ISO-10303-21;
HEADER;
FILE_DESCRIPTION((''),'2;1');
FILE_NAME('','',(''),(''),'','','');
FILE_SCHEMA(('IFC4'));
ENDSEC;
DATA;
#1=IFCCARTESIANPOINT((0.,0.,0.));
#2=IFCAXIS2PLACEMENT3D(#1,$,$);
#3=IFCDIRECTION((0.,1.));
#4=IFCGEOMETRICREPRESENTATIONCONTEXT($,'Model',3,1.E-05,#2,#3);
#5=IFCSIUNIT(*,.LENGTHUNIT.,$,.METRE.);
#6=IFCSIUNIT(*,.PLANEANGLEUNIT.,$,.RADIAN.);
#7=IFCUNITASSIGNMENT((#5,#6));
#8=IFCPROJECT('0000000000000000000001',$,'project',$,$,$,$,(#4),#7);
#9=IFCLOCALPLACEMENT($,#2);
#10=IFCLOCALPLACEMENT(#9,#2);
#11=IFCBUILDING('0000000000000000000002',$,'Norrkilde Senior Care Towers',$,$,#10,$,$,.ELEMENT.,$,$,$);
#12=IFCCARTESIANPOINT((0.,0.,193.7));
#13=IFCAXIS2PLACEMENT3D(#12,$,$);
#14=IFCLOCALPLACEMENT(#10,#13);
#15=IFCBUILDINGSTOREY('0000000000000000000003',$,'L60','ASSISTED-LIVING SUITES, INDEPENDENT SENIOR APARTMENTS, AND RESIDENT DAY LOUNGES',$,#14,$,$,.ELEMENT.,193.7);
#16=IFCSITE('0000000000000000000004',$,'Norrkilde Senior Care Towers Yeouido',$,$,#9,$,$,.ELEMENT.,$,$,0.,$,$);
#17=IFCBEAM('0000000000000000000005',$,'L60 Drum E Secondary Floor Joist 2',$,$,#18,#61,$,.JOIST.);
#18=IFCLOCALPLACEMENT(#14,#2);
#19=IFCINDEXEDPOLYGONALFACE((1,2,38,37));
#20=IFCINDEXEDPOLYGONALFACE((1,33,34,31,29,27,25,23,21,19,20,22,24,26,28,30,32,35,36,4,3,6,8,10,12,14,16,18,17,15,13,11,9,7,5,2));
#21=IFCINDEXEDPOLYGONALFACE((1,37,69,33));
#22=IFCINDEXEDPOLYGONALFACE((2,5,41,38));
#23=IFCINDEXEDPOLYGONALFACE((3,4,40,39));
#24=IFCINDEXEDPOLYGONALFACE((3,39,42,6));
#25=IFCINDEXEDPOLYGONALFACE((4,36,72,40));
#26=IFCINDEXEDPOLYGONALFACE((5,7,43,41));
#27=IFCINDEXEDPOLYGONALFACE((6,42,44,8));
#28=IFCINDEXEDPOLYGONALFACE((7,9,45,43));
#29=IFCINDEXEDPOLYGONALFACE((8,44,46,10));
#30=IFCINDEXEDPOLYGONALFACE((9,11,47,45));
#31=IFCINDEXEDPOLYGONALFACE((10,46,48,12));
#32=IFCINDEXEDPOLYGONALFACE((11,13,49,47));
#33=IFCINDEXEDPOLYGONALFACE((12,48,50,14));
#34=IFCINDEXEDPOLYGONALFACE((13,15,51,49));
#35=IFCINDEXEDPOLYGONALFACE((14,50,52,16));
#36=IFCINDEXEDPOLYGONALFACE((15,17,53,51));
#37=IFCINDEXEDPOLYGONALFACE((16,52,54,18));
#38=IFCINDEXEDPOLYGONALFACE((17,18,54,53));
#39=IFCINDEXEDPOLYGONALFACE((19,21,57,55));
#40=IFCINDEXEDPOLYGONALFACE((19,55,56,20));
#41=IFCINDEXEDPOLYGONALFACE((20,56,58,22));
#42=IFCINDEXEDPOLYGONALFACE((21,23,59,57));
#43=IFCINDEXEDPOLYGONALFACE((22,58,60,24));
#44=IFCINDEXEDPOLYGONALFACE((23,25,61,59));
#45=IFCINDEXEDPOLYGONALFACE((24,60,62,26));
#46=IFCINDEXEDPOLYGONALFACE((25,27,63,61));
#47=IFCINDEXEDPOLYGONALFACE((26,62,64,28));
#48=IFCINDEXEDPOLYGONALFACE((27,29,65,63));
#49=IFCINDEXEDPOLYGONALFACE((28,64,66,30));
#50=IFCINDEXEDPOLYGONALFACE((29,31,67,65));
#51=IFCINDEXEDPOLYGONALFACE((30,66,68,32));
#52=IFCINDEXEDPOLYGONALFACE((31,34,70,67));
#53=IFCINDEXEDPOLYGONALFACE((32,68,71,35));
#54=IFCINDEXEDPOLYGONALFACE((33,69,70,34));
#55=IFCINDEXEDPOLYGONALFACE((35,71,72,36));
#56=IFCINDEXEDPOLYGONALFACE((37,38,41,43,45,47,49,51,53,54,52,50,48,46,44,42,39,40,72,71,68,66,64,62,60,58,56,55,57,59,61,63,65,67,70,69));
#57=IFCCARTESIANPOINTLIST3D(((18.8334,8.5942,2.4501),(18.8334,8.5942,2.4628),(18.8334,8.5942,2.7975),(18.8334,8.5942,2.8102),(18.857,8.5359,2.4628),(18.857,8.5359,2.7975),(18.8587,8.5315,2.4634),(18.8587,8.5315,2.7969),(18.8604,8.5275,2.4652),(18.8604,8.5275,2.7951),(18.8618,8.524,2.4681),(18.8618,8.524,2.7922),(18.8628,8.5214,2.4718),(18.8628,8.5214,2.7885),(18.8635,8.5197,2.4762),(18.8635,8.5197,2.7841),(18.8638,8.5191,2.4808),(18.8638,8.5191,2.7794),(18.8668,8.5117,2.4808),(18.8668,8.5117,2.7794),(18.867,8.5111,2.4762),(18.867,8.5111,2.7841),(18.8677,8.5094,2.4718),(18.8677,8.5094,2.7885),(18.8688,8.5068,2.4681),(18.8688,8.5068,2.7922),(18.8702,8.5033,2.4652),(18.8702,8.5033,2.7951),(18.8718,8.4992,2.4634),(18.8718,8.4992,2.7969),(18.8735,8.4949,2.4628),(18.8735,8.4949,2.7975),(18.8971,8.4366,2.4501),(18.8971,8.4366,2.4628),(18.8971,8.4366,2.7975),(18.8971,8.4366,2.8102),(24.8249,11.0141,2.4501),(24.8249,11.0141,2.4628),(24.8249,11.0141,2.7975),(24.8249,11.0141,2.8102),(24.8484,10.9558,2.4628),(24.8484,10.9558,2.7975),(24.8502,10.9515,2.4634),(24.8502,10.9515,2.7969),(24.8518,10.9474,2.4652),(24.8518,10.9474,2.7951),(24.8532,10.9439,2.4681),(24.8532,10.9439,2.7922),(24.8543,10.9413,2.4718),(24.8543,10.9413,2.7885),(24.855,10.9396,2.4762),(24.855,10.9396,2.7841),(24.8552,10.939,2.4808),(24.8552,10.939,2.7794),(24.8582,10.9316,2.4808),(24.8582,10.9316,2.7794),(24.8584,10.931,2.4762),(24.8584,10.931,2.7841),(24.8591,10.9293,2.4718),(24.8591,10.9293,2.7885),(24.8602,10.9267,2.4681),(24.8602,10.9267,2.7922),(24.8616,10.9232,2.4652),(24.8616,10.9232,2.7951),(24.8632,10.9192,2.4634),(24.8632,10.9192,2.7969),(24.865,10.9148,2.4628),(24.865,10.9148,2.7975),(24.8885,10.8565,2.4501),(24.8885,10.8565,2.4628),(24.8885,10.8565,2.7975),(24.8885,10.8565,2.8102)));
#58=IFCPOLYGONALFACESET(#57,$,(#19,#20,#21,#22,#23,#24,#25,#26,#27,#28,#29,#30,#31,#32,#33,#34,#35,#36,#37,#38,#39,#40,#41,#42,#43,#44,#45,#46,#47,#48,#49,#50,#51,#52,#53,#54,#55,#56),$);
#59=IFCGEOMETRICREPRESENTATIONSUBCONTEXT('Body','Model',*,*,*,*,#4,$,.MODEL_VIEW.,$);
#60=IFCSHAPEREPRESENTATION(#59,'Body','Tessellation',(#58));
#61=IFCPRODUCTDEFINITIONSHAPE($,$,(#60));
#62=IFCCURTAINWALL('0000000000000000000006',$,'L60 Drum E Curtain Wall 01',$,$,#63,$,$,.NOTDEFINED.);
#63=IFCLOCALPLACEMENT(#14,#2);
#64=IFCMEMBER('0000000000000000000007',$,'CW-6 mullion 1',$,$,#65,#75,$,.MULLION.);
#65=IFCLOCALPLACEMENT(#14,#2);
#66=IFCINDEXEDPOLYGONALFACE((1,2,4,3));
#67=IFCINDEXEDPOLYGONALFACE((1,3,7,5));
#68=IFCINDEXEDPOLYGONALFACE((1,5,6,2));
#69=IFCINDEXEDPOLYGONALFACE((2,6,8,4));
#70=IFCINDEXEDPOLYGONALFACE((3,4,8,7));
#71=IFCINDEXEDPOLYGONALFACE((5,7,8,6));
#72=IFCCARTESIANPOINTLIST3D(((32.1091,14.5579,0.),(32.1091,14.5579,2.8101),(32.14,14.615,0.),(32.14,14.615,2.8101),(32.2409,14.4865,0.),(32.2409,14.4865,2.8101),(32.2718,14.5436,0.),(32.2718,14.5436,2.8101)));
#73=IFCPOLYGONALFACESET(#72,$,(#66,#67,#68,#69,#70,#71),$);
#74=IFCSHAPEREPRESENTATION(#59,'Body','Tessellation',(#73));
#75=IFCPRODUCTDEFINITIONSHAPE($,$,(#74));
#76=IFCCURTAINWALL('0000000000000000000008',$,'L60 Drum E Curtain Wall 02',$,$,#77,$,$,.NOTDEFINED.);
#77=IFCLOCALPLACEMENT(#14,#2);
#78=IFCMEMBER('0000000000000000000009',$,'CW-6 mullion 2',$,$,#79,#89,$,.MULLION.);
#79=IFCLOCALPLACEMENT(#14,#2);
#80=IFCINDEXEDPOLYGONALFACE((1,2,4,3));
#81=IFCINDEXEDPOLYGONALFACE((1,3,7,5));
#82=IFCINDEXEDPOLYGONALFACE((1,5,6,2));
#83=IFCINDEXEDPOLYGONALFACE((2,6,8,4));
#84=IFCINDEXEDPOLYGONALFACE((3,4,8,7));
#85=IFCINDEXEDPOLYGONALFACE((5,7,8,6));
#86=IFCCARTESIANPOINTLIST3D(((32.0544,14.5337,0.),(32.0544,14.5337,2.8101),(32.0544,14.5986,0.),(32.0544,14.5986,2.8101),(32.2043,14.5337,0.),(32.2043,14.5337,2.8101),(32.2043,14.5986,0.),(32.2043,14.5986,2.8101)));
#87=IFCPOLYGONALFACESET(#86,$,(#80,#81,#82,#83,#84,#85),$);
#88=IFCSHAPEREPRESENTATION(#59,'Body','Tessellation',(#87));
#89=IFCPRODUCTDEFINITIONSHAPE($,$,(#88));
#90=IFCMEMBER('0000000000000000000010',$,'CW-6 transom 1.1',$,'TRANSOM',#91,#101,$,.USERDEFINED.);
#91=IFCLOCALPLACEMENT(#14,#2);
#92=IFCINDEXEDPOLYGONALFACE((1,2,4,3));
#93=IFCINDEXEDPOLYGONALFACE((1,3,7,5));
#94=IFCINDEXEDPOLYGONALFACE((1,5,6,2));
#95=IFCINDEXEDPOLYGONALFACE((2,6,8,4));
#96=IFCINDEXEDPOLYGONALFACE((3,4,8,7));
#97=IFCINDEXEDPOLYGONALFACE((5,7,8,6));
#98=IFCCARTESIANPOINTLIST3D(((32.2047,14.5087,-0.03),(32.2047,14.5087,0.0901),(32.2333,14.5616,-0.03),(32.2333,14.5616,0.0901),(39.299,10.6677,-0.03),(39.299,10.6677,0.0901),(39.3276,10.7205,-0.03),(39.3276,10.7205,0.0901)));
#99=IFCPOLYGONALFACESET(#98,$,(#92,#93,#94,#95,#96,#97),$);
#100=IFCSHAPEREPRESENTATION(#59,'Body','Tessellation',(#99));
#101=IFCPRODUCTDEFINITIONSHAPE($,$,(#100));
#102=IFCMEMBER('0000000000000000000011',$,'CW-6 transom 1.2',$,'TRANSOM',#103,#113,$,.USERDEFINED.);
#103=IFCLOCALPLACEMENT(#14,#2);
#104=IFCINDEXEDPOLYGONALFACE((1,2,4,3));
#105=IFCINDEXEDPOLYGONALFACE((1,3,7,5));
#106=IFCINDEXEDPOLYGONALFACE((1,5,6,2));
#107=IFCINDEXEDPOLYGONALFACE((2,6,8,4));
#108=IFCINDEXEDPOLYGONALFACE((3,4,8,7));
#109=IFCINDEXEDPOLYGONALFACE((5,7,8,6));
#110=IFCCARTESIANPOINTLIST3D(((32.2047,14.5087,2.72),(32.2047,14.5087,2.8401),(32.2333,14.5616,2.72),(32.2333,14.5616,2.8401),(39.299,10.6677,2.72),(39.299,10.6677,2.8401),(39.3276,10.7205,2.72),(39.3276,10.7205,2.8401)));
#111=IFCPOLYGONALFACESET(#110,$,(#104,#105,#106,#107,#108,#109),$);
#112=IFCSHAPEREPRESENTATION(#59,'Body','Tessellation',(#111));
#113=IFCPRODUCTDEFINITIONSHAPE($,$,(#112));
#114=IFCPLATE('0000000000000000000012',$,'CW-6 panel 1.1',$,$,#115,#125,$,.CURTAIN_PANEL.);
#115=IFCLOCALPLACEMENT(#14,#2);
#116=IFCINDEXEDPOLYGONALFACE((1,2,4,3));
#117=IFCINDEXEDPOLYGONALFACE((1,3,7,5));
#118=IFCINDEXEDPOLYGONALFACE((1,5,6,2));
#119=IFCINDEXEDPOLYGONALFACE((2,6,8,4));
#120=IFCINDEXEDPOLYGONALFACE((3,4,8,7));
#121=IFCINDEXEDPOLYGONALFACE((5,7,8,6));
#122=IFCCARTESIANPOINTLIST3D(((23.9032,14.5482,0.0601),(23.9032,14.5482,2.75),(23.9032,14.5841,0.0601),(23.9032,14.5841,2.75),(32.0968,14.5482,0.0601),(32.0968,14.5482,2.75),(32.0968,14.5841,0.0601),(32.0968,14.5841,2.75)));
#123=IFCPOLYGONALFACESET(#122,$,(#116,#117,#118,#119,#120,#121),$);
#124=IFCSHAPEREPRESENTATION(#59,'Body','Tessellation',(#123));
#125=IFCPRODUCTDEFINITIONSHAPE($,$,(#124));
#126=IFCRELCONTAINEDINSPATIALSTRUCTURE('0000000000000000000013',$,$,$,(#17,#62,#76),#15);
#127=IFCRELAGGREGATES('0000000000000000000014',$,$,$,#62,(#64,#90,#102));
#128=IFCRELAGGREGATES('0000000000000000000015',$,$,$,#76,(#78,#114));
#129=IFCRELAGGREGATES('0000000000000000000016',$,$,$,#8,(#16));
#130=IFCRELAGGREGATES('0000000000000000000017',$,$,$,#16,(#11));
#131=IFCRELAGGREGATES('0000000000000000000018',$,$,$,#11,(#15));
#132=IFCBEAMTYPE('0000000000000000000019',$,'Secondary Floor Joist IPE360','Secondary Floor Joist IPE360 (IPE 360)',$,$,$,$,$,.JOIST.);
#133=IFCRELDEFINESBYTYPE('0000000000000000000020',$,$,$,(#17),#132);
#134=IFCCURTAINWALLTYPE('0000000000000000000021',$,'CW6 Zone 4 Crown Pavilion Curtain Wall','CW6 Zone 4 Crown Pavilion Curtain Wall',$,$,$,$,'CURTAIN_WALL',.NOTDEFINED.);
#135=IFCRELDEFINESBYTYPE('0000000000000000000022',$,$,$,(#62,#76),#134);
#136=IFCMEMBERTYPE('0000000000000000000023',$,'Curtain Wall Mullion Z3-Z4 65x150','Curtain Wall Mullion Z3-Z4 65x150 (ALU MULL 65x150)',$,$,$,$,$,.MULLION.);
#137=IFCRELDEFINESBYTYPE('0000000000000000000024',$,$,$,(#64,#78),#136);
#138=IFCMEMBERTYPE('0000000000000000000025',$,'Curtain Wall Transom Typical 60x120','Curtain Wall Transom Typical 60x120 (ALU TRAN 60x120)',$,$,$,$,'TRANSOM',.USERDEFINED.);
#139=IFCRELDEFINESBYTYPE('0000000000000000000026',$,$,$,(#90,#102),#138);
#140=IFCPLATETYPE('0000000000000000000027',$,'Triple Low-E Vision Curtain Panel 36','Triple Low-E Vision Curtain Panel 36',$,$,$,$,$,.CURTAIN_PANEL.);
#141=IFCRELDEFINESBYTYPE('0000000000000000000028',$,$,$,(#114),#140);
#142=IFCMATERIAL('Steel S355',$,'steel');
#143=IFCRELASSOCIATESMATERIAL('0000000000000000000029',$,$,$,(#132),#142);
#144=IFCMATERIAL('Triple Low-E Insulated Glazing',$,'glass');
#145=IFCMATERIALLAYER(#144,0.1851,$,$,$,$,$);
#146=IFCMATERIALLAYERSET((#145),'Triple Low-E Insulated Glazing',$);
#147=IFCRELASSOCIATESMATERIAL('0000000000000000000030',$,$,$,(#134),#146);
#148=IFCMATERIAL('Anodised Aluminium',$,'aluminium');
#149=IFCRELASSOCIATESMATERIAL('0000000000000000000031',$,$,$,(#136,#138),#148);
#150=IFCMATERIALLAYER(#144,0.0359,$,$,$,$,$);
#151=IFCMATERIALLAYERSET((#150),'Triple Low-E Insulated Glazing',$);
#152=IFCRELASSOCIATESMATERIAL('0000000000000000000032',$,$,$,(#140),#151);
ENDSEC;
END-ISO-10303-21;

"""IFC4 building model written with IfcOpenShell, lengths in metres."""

from ifc_helpers import new_model, si_unit, direction, frame, origin, origin_2d, place, context, subcontext, project, spatial, rectangle, i_section, extrude, source, transform, mapped, material, layer, layer_set, material_profile, profile_set, type_object, type_shapes, element, aggregate, save


model = new_model("IFC4")

# Units and contexts
model_context = context("Model", 3, precision=1e-05, world=origin(), true_north=direction((0.0, 1.0)))
body_context = subcontext(model_context, "Body", "Model", "MODEL_VIEW")
ifc_project = project(units=[si_unit("LENGTHUNIT", "METRE"), si_unit("PLANEANGLEUNIT", "RADIAN")], contexts=[model_context])

# Site, building, storey
site_placement = place(None, origin())
site = spatial("IfcSite", under=ifc_project, at=site_placement, Name="Norrkilde Senior Care Towers Yeouido", CompositionType="ELEMENT", RefElevation=0.0)
building_placement = place(site_placement, origin())
building = spatial("IfcBuilding", under=site, at=building_placement, Name="Norrkilde Senior Care Towers", CompositionType="ELEMENT")
storey_placement = place(building_placement, frame((0.0, 0.0, 193.7)))
storey = spatial("IfcBuildingStorey", under=building, at=storey_placement, Name="L60", Description="ASSISTED-LIVING SUITES, INDEPENDENT SENIOR APARTMENTS, AND RESIDENT DAY LOUNGES", CompositionType="ELEMENT", Elevation=193.7)

# Beam
ifc_material_1 = material(Name="Steel S355", Category="steel")
ifc_material_profile_1 = material_profile(ifc_material_1, i_section(OverallWidth=0.1699, OverallDepth=0.3601, WebThickness=0.0081, FlangeThickness=0.0127, FilletRadius=0.0181, at=origin_2d()), Name="IPE 360")
ifc_profile_set_1 = profile_set([ifc_material_profile_1], Name="Steel S355")
beam_type_1 = type_object("IfcBeamType", Name="Secondary Floor Joist IPE360", Description="Secondary Floor Joist IPE360 (IPE 360)", PredefinedType="JOIST", material=ifc_profile_set_1)
shared_shape_1 = source(origin(), body_context, "Body", "SweptSolid", [
    extrude(i_section(OverallWidth=0.1699, OverallDepth=0.3601, WebThickness=0.0081, FlangeThickness=0.0127, FilletRadius=0.0181, at=origin_2d()), origin(), (0.0, 0.0, 1.0), 6.4617),
])
type_shapes(beam_type_1, [shared_shape_1])
beam_1_placement = place(storey_placement, frame((24.8567, 10.9353, 2.6301), z_axis=(-0.927226, -0.374502, 0.0), x_axis=(0.374502, -0.927226, 0.0)))
element("IfcBeam", 1, at=beam_1_placement, inside=storey, type_object=beam_type_1, Name="L60 Drum E Secondary Floor Joist 2", PredefinedType="JOIST", context=body_context, shape_type="MappedRepresentation", body=[
    mapped(shared_shape_1, transform((0.0, 0.0, 0.0), x_axis=(1.0, 0.0, 0.0), y_axis=(0.0, 1.0, 0.0), z_axis=(0.0, 0.0, 1.0), scale=1.0)),
])

# Curtain walls, members
ifc_material_2 = material(Name="Triple Low-E Insulated Glazing", Category="glass")
ifc_layer_1 = layer(ifc_material_2, 0.1851)
ifc_layer_set_1 = layer_set([ifc_layer_1], Name="Triple Low-E Insulated Glazing")
curtain_wall_type = type_object("IfcCurtainWallType", Name="CW6 Zone 4 Crown Pavilion Curtain Wall", Description="CW6 Zone 4 Crown Pavilion Curtain Wall", ElementType="CURTAIN_WALL", PredefinedType="NOTDEFINED", material=ifc_layer_set_1)
curtain_wall_1_placement = place(storey_placement, origin())
curtain_wall_1 = element("IfcCurtainWall", 2, at=curtain_wall_1_placement, inside=storey, type_object=curtain_wall_type, Name="L60 Drum E Curtain Wall 01", PredefinedType="NOTDEFINED")
ifc_material_3 = material(Name="Anodised Aluminium", Category="aluminium")
ifc_material_profile_2 = material_profile(ifc_material_3, rectangle(XDim=0.0649, YDim=0.1499, at=origin_2d()), Name="ALU MULL 65x150")
ifc_profile_set_2 = profile_set([ifc_material_profile_2], Name="Anodised Aluminium")
member_type_1 = type_object("IfcMemberType", Name="Curtain Wall Mullion Z3-Z4 65x150", Description="Curtain Wall Mullion Z3-Z4 65x150 (ALU MULL 65x150)", PredefinedType="MULLION", material=ifc_profile_set_2)
shared_shape_2 = source(origin(), body_context, "Body", "SweptSolid", [
    extrude(rectangle(XDim=0.0649, YDim=0.1499, at=origin_2d()), origin(), (0.0, 0.0, 1.0), 2.8101),
])
type_shapes(member_type_1, [shared_shape_2])
member_1_placement = place(storey_placement, frame((32.1904, 14.5508, 0.0), z_axis=(0.0, 0.0, 1.0), x_axis=(0.476133, 0.879373, 0.0)))
member_1 = element("IfcMember", 3, at=member_1_placement, type_object=member_type_1, Name="CW-6 mullion 1", PredefinedType="MULLION", context=body_context, shape_type="MappedRepresentation", body=[
    mapped(shared_shape_2, transform((0.0, 0.0, 0.0), x_axis=(1.0, 0.0, 0.0), y_axis=(0.0, 1.0, 0.0), z_axis=(0.0, 0.0, 1.0), scale=1.0)),
])
curtain_wall_2_placement = place(storey_placement, origin())
curtain_wall_2 = element("IfcCurtainWall", 4, at=curtain_wall_2_placement, inside=storey, type_object=curtain_wall_type, Name="L60 Drum E Curtain Wall 02", PredefinedType="NOTDEFINED")
member_2_placement = place(storey_placement, frame((32.1294, 14.5662, 0.0), z_axis=(0.0, 0.0, 1.0), x_axis=(0.0, 1.0, 0.0)))
member_2 = element("IfcMember", 5, at=member_2_placement, type_object=member_type_1, Name="CW-6 mullion 2", PredefinedType="MULLION", context=body_context, shape_type="MappedRepresentation", body=[
    mapped(shared_shape_2, transform((0.0, 0.0, 0.0), x_axis=(1.0, 0.0, 0.0), y_axis=(0.0, 1.0, 0.0), z_axis=(0.0, 0.0, 1.0), scale=1.0)),
])

# Members
ifc_material_profile_3 = material_profile(ifc_material_3, rectangle(XDim=0.0601, YDim=0.1201, at=origin_2d()), Name="ALU TRAN 60x120")
ifc_profile_set_3 = profile_set([ifc_material_profile_3], Name="Anodised Aluminium")
member_type_2 = type_object("IfcMemberType", Name="Curtain Wall Transom Typical 60x120", Description="Curtain Wall Transom Typical 60x120 (ALU TRAN 60x120)", ElementType="TRANSOM", PredefinedType="USERDEFINED", material=ifc_profile_set_3)
shared_shape_3 = source(origin(), body_context, "Body", "SweptSolid", [
    extrude(rectangle(XDim=0.0601, YDim=0.1201, at=origin_2d()), origin(), (0.0, 0.0, 1.0), 8.0674),
])
type_shapes(member_type_2, [shared_shape_3])
member_3_placement = place(storey_placement, frame((32.219, 14.5352, 0.03), z_axis=(0.879378, -0.476125, 0.0), x_axis=(0.476125, 0.879378, 0.0)))
member_3 = element("IfcMember", 6, at=member_3_placement, type_object=member_type_2, Name="CW-6 transom 1.1", ObjectType="TRANSOM", PredefinedType="USERDEFINED", context=body_context, shape_type="MappedRepresentation", body=[
    mapped(shared_shape_3, transform((0.0, 0.0, 0.0), x_axis=(1.0, 0.0, 0.0), y_axis=(0.0, 1.0, 0.0), z_axis=(0.0, 0.0, 1.0), scale=1.0)),
])
member_4_placement = place(storey_placement, frame((32.219, 14.5352, 2.78), z_axis=(0.879378, -0.476125, 0.0), x_axis=(0.476125, 0.879378, 0.0)))
member_4 = element("IfcMember", 7, at=member_4_placement, type_object=member_type_2, Name="CW-6 transom 1.2", ObjectType="TRANSOM", PredefinedType="USERDEFINED", context=body_context, shape_type="MappedRepresentation", body=[
    mapped(shared_shape_3, transform((0.0, 0.0, 0.0), x_axis=(1.0, 0.0, 0.0), y_axis=(0.0, 1.0, 0.0), z_axis=(0.0, 0.0, 1.0), scale=1.0)),
])
aggregate(curtain_wall_1, [member_1, member_3, member_4])

# Plate
ifc_layer_2 = layer(ifc_material_2, 0.0359)
ifc_layer_set_2 = layer_set([ifc_layer_2], Name="Triple Low-E Insulated Glazing")
plate_type = type_object("IfcPlateType", Name="Triple Low-E Vision Curtain Panel 36", Description="Triple Low-E Vision Curtain Panel 36", PredefinedType="CURTAIN_PANEL", material=ifc_layer_set_2)
shared_shape_4 = source(origin(), body_context, "Body", "SweptSolid", [
    extrude(rectangle(XDim=8.1936, YDim=0.0359, at=origin_2d()), origin(), (0.0, 0.0, 1.0), 2.6899),
])
type_shapes(plate_type, [shared_shape_4])
plate_placement = place(storey_placement, frame((28.0, 14.5662, 0.0601), z_axis=(0.0, 0.0, 1.0), x_axis=(1.0, 0.0, 0.0)))
plate = element("IfcPlate", 8, at=plate_placement, type_object=plate_type, Name="CW-6 panel 1.1", PredefinedType="CURTAIN_PANEL", context=body_context, shape_type="MappedRepresentation", body=[
    mapped(shared_shape_4, transform((0.0, 0.0, 0.0), x_axis=(1.0, 0.0, 0.0), y_axis=(0.0, 1.0, 0.0), z_axis=(0.0, 0.0, 1.0), scale=1.0)),
])
aggregate(curtain_wall_2, [member_2, plate])

save(model, "model.ifc")
